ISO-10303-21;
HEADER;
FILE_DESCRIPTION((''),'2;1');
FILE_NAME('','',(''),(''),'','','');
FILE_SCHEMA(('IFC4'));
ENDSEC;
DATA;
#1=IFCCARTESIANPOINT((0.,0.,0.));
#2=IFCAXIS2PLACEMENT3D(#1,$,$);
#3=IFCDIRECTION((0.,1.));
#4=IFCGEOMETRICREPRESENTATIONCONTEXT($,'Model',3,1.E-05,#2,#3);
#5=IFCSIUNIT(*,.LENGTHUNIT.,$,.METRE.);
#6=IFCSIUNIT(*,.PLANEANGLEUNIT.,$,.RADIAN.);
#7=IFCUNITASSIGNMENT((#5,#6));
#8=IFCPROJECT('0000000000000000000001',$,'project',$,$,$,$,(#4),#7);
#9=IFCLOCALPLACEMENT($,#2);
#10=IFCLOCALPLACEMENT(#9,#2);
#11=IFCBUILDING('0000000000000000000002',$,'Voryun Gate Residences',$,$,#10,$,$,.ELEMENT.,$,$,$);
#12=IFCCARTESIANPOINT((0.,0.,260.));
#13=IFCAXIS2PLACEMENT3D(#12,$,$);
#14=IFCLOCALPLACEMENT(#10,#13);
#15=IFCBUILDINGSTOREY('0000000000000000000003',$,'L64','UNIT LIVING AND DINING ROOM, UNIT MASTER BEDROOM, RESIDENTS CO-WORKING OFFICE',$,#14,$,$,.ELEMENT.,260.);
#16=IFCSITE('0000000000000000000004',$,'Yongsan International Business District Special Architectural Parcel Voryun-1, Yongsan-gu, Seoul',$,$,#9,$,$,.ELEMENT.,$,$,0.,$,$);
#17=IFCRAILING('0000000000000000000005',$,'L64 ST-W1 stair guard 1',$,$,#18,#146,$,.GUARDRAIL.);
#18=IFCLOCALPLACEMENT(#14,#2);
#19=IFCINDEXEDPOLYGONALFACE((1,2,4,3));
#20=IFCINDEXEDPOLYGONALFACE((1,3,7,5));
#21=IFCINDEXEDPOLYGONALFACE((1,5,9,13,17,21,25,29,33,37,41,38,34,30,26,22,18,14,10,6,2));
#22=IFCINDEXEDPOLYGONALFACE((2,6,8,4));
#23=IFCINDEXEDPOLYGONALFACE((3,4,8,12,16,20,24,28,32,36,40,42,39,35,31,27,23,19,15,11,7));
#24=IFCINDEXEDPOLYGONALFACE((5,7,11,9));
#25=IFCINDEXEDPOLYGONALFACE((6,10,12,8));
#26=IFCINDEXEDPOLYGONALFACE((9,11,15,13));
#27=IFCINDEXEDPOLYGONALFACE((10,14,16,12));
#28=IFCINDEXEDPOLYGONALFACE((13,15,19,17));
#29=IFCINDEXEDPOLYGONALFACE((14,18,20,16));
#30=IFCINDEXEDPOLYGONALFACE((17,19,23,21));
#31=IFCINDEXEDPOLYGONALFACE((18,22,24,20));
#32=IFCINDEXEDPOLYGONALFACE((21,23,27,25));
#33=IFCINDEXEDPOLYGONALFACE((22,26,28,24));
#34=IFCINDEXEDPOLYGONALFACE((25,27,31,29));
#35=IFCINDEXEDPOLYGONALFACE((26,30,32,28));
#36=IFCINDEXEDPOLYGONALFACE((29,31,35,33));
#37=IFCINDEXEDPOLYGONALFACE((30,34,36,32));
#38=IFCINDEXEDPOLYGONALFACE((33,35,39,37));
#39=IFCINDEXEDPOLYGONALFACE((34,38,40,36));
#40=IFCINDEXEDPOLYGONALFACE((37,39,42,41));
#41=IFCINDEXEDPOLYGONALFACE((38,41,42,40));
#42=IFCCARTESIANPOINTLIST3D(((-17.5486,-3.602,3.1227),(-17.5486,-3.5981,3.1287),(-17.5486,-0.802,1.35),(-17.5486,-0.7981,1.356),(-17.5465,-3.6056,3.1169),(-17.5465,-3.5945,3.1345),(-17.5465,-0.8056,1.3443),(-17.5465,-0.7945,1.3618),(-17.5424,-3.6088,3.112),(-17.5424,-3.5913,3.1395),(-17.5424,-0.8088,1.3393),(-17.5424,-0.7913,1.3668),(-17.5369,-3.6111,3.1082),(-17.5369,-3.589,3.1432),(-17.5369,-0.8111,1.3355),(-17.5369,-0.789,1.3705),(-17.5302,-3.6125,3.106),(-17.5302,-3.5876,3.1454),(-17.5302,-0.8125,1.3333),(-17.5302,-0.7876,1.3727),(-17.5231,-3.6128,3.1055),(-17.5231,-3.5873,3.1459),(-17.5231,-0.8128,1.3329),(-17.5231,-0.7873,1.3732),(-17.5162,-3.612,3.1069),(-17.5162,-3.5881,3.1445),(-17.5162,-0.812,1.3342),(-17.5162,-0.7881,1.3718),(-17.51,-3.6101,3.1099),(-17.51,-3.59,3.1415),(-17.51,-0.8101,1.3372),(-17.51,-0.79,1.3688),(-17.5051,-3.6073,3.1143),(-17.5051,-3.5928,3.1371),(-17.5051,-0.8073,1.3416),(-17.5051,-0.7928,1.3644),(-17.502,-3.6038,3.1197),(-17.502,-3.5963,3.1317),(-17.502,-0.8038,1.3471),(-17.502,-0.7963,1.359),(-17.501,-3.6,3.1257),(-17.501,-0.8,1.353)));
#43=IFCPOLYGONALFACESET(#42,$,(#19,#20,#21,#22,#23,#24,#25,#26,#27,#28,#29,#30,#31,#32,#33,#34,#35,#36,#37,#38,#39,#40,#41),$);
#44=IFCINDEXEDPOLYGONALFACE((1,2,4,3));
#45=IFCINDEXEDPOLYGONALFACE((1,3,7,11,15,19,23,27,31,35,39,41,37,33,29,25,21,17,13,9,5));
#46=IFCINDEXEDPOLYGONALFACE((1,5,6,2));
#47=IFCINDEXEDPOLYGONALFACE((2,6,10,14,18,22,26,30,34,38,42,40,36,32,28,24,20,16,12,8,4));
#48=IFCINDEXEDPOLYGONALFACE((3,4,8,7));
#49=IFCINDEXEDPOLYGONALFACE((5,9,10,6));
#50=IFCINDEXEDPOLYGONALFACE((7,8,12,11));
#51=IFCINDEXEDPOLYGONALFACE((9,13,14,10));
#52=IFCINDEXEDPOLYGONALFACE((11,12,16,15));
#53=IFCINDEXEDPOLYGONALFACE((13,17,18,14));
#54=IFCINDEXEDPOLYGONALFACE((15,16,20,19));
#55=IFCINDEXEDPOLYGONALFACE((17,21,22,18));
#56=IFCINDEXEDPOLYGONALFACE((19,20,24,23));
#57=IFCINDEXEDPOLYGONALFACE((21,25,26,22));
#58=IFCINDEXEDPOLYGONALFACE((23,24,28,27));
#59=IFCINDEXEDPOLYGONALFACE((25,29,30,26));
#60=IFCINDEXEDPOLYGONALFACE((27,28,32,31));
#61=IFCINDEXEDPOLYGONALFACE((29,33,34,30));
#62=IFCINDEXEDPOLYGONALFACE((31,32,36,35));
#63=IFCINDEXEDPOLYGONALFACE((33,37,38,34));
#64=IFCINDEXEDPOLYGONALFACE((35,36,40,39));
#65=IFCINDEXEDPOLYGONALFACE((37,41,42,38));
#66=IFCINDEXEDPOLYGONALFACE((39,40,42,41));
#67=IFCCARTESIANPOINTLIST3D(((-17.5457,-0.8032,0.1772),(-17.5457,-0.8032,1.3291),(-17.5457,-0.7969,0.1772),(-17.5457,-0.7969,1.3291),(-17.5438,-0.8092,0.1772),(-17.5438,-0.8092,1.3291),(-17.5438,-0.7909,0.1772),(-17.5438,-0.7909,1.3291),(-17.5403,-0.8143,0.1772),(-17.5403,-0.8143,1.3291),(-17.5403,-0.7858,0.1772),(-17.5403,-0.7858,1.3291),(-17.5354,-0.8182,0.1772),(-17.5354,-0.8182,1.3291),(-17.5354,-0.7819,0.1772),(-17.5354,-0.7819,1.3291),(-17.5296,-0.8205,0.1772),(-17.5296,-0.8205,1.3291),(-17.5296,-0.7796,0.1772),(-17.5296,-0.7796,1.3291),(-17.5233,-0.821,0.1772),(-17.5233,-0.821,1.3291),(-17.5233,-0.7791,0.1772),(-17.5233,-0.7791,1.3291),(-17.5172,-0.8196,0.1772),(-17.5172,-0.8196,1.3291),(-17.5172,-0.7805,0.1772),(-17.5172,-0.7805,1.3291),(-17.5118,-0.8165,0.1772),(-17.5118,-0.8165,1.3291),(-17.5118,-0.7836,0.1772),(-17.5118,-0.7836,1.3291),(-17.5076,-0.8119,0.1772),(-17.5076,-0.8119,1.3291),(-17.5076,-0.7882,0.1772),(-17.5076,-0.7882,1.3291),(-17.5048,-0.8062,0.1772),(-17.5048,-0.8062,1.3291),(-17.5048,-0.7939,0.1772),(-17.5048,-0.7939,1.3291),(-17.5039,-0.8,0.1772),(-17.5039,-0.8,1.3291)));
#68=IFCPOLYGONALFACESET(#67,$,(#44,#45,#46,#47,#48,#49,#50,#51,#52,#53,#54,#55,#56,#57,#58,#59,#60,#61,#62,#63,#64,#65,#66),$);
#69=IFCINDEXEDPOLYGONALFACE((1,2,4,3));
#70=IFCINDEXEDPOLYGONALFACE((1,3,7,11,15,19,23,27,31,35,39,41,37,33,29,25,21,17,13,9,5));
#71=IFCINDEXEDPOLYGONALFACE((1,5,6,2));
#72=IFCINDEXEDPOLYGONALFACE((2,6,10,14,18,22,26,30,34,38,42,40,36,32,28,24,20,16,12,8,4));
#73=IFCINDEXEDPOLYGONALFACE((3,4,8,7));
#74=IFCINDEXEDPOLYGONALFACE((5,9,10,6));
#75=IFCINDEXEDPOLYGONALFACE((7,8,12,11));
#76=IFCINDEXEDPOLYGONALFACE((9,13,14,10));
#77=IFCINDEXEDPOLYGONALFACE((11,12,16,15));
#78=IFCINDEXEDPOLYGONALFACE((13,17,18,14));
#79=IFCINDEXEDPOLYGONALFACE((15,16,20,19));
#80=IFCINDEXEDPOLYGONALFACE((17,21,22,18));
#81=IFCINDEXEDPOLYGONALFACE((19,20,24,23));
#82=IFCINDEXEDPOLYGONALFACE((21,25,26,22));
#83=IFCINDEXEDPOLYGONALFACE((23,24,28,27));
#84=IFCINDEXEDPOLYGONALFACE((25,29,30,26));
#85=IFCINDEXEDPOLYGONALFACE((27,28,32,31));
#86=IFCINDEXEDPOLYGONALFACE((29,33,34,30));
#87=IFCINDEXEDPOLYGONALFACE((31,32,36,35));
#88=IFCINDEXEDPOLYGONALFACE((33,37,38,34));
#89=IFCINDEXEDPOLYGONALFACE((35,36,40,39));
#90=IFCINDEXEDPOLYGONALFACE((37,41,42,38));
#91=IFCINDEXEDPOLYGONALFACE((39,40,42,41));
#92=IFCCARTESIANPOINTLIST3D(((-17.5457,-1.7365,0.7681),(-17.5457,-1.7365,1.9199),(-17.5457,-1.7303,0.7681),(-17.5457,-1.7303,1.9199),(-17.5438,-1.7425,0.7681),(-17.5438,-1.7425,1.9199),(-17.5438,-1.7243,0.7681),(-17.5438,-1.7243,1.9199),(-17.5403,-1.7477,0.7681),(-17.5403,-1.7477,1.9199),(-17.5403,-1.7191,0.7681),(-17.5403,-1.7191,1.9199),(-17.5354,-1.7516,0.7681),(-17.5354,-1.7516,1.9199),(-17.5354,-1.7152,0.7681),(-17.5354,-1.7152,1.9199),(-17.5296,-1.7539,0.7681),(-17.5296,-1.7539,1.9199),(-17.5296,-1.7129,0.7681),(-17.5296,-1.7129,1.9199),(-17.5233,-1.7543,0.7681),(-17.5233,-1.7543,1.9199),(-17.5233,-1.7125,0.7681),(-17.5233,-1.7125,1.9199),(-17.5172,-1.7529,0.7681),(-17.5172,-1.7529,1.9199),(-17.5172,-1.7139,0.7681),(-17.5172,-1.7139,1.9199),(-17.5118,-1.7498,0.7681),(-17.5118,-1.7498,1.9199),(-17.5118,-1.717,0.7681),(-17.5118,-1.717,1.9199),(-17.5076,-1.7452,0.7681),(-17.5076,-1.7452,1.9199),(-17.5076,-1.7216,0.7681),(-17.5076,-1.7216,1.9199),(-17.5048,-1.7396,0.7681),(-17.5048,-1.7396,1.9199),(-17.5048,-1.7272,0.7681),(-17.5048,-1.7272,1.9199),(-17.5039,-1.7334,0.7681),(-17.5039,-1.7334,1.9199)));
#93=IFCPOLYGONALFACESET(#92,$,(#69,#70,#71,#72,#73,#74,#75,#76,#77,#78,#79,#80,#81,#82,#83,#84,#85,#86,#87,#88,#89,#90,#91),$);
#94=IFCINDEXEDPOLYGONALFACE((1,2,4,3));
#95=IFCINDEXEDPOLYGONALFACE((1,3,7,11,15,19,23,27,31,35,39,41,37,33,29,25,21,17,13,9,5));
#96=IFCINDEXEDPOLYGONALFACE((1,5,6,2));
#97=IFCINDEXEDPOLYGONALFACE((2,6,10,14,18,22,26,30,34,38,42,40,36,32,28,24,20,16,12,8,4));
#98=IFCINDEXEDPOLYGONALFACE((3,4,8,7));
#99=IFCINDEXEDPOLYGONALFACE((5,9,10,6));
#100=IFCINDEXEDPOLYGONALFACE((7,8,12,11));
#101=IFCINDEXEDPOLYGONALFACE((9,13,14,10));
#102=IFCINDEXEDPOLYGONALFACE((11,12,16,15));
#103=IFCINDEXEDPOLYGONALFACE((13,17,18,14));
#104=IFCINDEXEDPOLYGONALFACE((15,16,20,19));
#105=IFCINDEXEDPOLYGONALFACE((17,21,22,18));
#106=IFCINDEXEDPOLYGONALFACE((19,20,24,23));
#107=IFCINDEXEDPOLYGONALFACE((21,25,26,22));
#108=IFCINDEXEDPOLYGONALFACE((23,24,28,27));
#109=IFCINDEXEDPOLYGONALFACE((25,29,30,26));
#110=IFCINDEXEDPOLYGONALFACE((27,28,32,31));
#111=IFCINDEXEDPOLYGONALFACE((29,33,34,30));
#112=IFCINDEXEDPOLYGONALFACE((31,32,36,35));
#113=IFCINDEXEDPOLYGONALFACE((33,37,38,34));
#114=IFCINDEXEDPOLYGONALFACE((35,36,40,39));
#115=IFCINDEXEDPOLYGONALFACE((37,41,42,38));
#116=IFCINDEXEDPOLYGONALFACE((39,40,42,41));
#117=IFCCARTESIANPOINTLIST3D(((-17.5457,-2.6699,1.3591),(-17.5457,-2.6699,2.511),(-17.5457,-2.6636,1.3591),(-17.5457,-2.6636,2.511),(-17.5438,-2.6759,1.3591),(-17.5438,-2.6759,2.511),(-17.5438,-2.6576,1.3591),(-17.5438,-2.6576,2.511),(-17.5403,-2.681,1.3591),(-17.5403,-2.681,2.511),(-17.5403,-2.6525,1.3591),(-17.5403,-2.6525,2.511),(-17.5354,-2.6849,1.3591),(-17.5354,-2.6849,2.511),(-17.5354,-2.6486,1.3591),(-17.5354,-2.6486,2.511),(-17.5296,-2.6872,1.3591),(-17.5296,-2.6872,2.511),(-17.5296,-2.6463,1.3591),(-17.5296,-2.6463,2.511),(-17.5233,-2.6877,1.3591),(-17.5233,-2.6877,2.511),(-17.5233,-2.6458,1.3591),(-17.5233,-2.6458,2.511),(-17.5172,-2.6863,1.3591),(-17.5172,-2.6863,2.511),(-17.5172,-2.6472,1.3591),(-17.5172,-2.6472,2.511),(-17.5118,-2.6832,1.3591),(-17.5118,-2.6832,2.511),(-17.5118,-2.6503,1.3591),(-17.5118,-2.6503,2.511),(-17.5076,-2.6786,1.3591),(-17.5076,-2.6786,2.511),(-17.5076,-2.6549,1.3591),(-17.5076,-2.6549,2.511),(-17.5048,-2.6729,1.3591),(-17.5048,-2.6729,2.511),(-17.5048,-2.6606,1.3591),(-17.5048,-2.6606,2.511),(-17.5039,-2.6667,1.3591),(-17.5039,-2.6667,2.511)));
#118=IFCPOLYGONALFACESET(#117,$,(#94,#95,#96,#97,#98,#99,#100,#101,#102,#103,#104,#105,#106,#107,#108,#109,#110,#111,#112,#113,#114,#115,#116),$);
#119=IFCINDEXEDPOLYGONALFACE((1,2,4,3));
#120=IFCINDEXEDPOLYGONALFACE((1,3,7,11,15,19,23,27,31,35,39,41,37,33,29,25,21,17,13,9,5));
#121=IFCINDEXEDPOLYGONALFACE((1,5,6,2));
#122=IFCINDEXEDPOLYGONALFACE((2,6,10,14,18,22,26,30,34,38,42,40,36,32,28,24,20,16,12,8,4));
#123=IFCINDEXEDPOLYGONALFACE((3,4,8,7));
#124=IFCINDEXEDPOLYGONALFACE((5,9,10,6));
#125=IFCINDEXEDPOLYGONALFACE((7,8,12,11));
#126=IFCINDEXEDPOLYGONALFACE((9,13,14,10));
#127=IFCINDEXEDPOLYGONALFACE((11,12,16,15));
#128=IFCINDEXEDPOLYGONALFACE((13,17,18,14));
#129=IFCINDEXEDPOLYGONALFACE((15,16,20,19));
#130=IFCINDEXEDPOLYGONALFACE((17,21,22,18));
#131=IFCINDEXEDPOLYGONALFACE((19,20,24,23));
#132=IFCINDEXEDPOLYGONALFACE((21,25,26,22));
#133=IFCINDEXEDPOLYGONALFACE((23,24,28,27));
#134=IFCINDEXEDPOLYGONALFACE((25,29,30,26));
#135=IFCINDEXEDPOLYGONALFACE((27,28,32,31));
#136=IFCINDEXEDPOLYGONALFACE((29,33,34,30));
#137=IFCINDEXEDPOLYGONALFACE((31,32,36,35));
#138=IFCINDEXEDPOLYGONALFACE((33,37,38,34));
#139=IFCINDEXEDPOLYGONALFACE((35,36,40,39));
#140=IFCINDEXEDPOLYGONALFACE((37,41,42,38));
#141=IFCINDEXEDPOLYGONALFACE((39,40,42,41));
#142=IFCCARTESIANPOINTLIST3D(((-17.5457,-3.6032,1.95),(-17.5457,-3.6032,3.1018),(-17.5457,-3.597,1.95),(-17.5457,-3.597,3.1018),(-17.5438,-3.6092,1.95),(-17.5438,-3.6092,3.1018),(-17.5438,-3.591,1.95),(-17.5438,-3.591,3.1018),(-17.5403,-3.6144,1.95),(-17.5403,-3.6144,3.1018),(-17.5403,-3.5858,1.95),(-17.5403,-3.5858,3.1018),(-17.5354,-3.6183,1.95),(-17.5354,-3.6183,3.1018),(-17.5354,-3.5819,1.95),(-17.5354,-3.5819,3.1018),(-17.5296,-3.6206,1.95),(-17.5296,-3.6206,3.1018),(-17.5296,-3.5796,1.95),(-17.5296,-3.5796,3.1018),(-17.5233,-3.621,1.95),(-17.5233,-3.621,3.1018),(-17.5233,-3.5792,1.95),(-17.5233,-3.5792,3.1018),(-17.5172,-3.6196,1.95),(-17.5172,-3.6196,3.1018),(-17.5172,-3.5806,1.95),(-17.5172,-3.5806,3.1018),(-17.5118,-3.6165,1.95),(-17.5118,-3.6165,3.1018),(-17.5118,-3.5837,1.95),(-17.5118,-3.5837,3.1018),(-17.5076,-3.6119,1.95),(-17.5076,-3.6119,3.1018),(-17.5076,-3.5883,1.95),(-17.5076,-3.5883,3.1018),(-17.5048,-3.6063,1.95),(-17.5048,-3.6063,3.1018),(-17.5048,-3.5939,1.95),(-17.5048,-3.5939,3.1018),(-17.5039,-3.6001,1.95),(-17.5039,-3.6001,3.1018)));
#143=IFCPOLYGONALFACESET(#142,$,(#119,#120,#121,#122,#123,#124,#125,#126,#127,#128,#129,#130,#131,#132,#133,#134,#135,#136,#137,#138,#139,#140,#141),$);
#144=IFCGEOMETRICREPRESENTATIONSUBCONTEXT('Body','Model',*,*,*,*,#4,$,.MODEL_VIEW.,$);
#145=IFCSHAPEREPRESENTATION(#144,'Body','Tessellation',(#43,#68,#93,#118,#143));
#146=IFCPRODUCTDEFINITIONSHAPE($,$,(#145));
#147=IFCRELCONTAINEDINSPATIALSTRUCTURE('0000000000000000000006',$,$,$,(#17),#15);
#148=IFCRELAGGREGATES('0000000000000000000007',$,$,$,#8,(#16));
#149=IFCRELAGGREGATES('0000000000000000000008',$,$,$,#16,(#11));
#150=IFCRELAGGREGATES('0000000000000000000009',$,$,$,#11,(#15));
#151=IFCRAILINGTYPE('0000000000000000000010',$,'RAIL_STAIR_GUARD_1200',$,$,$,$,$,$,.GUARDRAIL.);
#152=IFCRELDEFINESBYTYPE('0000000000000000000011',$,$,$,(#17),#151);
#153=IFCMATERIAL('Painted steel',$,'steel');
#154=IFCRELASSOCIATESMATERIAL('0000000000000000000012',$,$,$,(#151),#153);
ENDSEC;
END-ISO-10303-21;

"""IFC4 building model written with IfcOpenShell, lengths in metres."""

from ifc_helpers import new_model, si_unit, direction, frame, origin, origin_2d, place, context, subcontext, project, spatial, circle, extrude, material, type_object, element, save


model = new_model("IFC4")

# Units and contexts
model_context = context("Model", 3, precision=1e-05, world=origin(), true_north=direction((0.0, 1.0)))
body_context = subcontext(model_context, "Body", "Model", "MODEL_VIEW")
ifc_project = project(units=[si_unit("LENGTHUNIT", "METRE"), si_unit("PLANEANGLEUNIT", "RADIAN")], contexts=[model_context])

# Site, building, storey
site_placement = place(None, origin())
site = spatial("IfcSite", under=ifc_project, at=site_placement, Name="Yongsan International Business District Special Architectural Parcel Voryun-1, Yongsan-gu, Seoul", CompositionType="ELEMENT", RefElevation=0.0)
building_placement = place(site_placement, origin())
building = spatial("IfcBuilding", under=site, at=building_placement, Name="Voryun Gate Residences", CompositionType="ELEMENT")
storey_placement = place(building_placement, frame((0.0, 0.0, 260.0)))
storey = spatial("IfcBuildingStorey", under=building, at=storey_placement, Name="L64", Description="UNIT LIVING AND DINING ROOM, UNIT MASTER BEDROOM, RESIDENTS CO-WORKING OFFICE", CompositionType="ELEMENT", Elevation=260.0)

# Railing
ifc_material_1 = material(Name="Painted steel", Category="steel")
railing_type_1 = type_object("IfcRailingType", Name="RAIL_STAIR_GUARD_1200", PredefinedType="GUARDRAIL", material=ifc_material_1)
railing_1_placement = place(storey_placement, frame((-17.5249, -0.8, 0.1772)))
element("IfcRailing", 1, at=railing_1_placement, inside=storey, type_object=railing_type_1, Name="L64 ST-W1 stair guard 1", PredefinedType="GUARDRAIL", context=body_context, shape_type="SweptSolid", body=[
    extrude(circle(Radius=0.0239, at=origin_2d()), frame((0.0, 0.0, 1.1758), z_axis=(0.0, -0.844909, 0.53491), x_axis=(1.0, 0.0, 0.0)), (0.0, 0.0, 1.0), 3.314),
    extrude(circle(Radius=0.021, at=origin_2d()), origin(), (0.0, 0.0, 1.0), 1.1519),
    extrude(circle(Radius=0.021, at=origin_2d()), frame((0.0, -0.9333, 0.5908)), (0.0, 0.0, 1.0), 1.1519),
    extrude(circle(Radius=0.021, at=origin_2d()), frame((0.0, -1.8667, 1.1819)), (0.0, 0.0, 1.0), 1.1519),
    extrude(circle(Radius=0.021, at=origin_2d()), frame((0.0, -2.8, 1.7727)), (0.0, 0.0, 1.0), 1.1519),
])

save(model, "model.ifc")
